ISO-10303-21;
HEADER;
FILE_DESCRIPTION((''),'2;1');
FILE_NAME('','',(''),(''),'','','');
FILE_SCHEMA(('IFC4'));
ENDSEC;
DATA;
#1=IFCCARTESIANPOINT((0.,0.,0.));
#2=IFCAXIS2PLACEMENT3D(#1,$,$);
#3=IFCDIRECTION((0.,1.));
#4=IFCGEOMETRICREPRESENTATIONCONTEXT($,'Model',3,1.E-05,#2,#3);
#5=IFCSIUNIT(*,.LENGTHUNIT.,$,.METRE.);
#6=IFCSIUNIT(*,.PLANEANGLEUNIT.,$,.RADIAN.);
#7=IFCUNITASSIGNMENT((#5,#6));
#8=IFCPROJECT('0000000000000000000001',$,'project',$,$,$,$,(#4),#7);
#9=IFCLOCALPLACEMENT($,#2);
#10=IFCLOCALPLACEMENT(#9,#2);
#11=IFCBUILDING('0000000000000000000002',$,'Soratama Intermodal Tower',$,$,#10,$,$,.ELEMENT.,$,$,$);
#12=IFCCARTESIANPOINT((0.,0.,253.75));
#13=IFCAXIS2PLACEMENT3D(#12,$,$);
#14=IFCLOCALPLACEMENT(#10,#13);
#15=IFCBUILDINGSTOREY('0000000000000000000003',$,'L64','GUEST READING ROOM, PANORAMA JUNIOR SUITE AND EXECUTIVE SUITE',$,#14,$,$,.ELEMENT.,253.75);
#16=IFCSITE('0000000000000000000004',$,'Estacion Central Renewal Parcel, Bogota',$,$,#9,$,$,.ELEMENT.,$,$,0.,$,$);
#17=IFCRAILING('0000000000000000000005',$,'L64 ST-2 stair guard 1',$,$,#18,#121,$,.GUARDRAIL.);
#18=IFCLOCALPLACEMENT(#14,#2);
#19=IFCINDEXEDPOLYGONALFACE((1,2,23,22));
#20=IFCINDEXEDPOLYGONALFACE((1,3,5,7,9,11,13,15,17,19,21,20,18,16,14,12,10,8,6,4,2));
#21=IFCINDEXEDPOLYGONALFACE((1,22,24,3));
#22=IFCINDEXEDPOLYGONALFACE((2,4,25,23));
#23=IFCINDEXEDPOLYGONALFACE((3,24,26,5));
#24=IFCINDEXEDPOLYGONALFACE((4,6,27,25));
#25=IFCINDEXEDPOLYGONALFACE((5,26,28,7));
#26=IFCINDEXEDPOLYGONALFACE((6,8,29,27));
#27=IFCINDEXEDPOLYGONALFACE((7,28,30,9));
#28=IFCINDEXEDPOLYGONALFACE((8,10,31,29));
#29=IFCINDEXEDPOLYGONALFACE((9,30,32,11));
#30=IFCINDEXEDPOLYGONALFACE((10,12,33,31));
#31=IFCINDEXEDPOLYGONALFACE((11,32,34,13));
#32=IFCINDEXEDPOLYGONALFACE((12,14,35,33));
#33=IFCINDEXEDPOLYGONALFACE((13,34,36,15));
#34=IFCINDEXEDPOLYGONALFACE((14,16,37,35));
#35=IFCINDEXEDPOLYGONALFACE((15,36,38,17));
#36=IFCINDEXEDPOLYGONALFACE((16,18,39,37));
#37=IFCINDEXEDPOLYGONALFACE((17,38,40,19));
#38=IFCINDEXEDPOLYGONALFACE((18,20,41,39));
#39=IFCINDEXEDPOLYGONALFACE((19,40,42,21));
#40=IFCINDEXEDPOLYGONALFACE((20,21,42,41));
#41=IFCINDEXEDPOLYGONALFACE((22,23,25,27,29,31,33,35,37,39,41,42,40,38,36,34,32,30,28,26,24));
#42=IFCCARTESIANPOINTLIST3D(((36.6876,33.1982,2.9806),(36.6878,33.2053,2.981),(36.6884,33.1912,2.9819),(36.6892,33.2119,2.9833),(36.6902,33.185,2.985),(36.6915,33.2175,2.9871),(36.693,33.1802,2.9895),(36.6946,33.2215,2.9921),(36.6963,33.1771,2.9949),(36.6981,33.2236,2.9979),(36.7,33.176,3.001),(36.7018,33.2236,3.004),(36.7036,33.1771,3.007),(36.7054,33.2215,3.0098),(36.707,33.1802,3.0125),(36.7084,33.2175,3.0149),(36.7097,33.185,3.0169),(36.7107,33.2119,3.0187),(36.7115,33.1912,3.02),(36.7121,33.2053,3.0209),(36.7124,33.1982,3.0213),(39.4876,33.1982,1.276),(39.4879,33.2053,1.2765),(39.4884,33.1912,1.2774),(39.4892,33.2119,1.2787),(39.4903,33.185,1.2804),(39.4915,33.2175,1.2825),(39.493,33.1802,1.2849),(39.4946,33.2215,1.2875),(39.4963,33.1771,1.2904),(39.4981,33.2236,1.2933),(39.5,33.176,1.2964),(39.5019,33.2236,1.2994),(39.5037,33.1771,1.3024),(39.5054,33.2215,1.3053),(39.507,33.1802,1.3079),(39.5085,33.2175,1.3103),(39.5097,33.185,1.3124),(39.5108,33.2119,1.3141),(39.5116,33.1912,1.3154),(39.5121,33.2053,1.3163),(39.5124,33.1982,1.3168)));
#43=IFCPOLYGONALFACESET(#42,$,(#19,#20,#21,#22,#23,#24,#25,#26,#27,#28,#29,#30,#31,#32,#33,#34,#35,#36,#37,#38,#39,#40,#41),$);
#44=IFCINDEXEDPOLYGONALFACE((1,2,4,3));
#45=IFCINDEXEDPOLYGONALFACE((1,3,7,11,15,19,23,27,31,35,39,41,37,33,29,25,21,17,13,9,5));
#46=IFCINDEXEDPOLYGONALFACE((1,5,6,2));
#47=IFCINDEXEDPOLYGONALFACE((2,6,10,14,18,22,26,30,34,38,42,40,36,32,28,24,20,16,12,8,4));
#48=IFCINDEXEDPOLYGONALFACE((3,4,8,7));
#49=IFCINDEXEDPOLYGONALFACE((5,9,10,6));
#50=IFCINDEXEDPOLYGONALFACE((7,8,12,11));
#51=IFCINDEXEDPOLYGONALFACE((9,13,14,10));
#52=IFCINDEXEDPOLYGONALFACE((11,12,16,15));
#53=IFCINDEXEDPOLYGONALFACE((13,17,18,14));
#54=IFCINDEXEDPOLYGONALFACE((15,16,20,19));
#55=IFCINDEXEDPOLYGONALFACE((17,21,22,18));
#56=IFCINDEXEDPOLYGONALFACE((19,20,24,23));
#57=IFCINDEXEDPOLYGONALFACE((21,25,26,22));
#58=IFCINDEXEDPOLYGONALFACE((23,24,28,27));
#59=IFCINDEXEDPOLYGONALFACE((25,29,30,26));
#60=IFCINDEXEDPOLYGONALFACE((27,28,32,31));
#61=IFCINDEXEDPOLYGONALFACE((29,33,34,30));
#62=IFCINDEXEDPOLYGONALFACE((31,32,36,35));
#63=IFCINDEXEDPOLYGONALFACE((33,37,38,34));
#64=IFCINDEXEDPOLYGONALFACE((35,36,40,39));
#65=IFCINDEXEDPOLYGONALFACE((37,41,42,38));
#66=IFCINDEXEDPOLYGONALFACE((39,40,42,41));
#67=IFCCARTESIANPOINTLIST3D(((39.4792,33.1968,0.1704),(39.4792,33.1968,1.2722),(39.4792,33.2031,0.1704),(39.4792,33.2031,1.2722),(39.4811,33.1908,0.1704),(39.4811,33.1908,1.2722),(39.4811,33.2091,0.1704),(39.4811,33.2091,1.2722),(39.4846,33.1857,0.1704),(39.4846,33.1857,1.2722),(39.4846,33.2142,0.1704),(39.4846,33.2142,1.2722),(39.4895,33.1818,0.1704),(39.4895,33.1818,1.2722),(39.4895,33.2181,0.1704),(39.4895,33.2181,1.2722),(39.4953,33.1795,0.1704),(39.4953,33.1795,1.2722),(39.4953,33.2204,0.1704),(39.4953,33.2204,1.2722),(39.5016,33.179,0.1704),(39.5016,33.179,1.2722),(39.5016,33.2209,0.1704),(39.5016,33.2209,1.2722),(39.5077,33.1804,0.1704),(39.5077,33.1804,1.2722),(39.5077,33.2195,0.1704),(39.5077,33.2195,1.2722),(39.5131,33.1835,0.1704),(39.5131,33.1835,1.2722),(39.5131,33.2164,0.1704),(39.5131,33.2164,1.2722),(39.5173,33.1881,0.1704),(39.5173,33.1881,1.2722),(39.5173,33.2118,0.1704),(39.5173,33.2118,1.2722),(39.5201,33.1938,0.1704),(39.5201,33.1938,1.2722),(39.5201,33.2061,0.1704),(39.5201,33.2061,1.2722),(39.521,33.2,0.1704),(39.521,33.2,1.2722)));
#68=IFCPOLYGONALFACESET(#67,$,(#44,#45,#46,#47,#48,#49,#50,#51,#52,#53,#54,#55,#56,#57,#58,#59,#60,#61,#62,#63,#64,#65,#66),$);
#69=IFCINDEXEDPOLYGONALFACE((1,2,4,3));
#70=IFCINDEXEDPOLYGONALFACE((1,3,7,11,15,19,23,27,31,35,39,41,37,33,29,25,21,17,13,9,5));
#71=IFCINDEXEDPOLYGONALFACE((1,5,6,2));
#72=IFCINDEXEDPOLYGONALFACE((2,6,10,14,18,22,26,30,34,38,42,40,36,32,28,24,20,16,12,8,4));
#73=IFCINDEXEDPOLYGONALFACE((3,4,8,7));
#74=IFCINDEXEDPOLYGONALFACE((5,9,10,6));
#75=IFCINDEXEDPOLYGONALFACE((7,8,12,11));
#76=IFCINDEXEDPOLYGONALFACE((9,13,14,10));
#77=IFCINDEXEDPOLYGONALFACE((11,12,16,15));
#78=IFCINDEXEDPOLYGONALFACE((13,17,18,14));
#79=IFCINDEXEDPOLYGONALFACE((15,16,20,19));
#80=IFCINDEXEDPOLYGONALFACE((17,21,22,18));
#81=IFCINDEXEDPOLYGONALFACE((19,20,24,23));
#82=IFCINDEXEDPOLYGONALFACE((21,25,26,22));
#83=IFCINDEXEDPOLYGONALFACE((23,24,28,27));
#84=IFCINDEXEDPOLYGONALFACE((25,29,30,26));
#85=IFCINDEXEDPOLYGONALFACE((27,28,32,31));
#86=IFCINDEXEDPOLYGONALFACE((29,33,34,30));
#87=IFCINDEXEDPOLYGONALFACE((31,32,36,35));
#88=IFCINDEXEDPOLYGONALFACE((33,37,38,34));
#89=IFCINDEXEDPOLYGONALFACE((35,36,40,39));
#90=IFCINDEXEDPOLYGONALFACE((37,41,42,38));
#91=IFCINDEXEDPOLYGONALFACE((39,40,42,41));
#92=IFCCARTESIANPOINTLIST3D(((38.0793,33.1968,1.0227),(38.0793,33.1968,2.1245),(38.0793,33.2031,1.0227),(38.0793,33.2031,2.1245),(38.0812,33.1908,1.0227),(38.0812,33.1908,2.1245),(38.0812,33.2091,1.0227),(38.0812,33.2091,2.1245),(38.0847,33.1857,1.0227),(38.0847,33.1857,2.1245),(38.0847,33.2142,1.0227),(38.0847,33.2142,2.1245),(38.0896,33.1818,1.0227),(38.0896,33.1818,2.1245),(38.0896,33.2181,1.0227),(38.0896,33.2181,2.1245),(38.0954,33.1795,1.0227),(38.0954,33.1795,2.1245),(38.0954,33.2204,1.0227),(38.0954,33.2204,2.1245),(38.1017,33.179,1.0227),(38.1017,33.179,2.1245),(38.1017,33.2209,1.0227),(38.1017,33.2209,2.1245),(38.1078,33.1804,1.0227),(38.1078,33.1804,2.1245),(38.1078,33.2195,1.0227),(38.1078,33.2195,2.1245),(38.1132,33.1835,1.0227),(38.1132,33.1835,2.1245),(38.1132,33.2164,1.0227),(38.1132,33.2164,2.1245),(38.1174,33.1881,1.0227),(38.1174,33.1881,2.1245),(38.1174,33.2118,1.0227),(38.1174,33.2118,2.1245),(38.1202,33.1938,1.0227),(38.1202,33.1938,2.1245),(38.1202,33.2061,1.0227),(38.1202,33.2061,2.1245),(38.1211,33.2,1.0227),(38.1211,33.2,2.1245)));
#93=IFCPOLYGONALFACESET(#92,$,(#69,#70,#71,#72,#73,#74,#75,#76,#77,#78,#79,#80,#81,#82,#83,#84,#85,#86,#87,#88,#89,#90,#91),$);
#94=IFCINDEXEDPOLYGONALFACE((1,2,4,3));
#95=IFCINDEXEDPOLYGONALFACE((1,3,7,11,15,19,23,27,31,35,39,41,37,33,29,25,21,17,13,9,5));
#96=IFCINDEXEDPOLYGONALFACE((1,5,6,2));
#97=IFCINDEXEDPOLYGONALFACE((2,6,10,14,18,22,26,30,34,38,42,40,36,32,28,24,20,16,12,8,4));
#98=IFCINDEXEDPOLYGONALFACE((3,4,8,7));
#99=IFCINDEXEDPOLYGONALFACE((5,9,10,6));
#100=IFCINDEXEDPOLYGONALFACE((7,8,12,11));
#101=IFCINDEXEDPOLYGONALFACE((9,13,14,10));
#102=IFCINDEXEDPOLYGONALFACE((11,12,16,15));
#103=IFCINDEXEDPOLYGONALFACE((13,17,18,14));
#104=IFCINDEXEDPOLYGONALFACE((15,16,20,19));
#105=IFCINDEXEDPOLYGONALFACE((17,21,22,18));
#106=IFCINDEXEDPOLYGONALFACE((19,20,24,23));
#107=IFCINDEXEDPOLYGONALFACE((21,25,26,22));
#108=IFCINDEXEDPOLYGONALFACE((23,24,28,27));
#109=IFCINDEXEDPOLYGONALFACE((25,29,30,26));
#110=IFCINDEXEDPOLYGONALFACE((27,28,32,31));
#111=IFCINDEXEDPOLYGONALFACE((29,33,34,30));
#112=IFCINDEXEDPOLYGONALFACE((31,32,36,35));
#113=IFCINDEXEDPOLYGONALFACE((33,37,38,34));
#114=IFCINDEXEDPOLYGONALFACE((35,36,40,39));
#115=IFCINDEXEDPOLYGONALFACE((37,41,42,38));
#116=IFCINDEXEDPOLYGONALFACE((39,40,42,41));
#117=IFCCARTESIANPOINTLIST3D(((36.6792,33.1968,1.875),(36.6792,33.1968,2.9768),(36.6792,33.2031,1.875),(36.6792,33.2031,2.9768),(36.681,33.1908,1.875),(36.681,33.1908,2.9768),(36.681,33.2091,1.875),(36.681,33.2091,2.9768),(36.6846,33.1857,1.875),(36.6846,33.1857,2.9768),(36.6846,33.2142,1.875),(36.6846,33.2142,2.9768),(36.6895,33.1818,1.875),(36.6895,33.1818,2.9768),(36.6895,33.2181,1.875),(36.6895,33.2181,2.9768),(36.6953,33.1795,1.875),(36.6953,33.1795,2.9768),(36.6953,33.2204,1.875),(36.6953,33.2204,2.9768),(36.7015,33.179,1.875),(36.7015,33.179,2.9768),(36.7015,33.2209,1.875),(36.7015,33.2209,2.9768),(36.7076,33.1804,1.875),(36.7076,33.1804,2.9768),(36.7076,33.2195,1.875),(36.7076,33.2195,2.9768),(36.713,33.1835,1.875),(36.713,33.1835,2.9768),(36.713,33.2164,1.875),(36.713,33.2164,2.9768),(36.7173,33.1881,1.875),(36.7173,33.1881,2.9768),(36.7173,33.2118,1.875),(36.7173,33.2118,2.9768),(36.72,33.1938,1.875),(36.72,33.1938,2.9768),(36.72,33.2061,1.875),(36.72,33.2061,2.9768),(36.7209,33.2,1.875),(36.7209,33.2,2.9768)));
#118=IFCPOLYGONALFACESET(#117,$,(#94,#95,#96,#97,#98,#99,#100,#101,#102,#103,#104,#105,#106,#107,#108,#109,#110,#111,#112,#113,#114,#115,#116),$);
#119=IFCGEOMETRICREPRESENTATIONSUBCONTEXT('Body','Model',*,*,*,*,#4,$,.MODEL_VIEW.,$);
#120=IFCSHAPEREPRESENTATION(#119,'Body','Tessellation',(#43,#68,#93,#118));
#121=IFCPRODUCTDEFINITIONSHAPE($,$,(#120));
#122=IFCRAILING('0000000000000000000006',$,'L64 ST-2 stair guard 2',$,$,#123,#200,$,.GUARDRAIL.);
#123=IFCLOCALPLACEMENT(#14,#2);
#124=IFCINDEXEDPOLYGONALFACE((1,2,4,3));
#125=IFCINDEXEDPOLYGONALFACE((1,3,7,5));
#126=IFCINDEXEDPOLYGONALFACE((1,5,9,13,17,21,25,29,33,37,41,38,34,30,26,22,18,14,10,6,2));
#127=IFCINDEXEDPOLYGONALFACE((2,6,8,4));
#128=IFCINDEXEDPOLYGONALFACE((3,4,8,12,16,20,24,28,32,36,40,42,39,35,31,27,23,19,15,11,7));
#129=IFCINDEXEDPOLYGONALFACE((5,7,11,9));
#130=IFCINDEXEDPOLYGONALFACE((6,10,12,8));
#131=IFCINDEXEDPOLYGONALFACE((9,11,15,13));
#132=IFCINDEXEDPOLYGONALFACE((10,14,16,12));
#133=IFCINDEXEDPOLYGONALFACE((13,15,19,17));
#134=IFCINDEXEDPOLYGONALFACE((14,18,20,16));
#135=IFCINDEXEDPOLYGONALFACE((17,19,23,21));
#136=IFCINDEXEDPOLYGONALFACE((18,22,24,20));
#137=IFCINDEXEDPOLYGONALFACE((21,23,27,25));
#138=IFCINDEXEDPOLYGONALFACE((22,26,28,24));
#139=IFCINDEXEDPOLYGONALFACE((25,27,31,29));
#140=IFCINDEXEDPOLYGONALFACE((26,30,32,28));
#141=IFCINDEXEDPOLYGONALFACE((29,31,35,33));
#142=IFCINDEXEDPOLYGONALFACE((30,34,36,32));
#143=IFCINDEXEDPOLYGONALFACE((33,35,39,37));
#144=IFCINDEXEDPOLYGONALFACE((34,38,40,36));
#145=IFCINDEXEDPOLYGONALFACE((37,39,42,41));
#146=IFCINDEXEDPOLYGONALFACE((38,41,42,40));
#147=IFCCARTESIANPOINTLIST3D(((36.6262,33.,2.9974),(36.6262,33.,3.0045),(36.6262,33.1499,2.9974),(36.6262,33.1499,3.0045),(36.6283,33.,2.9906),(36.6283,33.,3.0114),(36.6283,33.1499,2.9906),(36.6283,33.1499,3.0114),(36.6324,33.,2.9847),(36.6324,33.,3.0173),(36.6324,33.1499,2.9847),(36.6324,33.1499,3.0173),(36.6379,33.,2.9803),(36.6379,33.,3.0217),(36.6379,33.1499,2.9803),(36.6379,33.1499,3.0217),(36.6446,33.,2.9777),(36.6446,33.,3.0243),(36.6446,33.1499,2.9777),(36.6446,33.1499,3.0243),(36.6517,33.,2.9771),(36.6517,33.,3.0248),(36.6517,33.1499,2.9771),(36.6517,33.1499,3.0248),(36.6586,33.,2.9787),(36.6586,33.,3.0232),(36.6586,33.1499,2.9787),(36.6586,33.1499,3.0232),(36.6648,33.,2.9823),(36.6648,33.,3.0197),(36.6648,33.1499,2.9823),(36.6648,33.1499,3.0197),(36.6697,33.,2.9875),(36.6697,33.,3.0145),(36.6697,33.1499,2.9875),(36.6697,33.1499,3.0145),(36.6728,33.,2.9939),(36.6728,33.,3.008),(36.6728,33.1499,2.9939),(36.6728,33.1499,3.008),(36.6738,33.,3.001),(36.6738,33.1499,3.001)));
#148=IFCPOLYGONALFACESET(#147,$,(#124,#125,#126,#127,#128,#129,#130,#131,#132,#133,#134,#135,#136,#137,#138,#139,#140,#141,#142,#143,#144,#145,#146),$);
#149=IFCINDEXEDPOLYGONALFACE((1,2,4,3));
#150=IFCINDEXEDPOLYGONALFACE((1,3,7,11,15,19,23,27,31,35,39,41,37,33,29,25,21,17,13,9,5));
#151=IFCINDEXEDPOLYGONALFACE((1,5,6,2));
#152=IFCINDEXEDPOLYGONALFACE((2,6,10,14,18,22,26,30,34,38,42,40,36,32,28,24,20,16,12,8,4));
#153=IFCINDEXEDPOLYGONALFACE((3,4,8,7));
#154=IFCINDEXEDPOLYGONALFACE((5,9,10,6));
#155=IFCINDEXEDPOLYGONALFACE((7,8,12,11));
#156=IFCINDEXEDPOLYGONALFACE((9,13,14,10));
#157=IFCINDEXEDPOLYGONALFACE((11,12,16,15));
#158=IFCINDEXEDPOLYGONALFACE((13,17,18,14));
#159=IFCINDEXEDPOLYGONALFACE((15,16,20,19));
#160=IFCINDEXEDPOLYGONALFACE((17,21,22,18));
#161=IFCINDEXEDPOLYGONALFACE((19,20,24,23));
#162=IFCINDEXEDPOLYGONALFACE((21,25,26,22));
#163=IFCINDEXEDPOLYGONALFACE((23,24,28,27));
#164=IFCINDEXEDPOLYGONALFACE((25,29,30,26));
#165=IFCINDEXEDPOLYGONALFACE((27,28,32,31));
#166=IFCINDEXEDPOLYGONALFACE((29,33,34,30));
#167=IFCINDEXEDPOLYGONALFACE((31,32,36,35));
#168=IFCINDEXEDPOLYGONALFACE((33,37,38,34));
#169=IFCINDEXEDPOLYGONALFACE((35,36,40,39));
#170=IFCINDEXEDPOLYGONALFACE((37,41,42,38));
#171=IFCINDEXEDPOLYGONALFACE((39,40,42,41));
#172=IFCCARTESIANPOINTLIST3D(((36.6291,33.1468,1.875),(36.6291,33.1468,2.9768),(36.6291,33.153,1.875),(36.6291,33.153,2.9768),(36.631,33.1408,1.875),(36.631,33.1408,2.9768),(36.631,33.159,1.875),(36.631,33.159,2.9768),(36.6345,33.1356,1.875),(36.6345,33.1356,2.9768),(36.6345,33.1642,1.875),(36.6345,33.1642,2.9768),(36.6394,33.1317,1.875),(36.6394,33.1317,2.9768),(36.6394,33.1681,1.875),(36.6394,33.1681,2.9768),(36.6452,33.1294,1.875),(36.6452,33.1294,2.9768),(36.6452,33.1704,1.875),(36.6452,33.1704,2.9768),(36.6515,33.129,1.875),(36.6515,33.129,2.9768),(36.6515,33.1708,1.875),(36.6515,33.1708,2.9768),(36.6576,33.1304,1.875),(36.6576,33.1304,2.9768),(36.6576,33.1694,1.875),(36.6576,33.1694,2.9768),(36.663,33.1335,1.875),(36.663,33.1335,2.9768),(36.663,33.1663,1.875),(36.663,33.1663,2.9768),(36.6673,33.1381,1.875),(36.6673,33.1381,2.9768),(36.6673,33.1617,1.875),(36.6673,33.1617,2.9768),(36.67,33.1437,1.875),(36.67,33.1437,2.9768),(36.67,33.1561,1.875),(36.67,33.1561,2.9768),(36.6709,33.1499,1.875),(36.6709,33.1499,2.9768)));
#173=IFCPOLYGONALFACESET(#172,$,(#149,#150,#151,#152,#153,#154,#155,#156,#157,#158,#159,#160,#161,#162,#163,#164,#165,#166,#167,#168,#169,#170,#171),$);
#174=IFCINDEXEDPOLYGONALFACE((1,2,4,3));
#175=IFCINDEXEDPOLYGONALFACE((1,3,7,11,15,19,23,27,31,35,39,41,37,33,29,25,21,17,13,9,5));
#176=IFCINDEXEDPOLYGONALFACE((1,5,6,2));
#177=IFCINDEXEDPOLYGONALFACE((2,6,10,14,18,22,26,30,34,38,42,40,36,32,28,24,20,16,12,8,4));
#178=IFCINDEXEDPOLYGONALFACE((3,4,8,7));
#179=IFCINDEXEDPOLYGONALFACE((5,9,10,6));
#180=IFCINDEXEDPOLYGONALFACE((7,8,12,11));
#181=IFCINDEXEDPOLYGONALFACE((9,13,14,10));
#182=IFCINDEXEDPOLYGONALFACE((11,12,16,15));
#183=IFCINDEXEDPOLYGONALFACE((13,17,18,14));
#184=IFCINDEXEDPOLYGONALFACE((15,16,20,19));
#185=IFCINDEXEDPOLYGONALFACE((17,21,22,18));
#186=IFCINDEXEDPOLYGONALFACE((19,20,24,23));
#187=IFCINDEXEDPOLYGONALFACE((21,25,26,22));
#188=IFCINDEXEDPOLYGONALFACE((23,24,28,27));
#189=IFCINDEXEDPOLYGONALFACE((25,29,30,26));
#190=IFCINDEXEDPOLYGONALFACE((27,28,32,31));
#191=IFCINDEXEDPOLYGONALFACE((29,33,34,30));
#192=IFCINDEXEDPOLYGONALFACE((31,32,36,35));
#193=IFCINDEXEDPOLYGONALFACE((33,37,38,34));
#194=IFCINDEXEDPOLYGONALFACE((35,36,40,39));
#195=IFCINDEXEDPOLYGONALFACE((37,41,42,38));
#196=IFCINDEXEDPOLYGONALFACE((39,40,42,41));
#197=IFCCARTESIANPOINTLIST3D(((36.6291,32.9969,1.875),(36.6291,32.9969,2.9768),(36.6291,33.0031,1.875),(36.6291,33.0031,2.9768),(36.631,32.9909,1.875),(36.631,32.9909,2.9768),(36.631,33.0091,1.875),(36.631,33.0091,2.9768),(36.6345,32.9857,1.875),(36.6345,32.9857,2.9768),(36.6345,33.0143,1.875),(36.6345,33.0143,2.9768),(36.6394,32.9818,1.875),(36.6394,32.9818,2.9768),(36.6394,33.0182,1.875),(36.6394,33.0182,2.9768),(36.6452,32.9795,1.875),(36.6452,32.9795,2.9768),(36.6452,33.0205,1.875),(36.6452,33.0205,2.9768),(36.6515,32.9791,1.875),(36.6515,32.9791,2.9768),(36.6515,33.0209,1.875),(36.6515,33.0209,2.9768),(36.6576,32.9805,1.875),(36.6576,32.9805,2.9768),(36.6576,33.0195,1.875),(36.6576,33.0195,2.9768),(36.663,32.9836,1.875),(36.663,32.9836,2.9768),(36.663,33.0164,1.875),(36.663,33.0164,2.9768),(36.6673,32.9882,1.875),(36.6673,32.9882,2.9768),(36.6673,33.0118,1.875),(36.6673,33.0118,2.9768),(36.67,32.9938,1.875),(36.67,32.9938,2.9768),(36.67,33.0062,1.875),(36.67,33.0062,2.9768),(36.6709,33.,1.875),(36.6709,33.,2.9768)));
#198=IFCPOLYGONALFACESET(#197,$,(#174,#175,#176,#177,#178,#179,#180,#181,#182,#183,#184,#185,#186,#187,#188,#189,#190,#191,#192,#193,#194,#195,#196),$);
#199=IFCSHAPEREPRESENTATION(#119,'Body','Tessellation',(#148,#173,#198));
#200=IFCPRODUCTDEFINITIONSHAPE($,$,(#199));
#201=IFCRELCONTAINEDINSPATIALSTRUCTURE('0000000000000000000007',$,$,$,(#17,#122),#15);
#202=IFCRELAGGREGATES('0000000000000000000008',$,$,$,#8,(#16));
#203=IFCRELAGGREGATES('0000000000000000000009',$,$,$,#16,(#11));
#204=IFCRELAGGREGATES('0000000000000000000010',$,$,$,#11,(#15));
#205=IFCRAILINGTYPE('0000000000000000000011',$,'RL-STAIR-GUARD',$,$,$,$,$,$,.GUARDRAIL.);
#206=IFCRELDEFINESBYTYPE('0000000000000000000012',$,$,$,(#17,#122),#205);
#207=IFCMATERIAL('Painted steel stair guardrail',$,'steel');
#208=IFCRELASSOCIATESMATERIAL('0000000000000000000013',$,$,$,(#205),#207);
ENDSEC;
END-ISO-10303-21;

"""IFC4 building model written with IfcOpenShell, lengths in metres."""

from ifc_helpers import new_model, si_unit, direction, frame, origin, origin_2d, place, context, subcontext, project, spatial, circle, extrude, material, type_object, element, save


model = new_model("IFC4")

# Units and contexts
model_context = context("Model", 3, precision=1e-05, world=origin(), true_north=direction((0.0, 1.0)))
body_context = subcontext(model_context, "Body", "Model", "MODEL_VIEW")
ifc_project = project(units=[si_unit("LENGTHUNIT", "METRE"), si_unit("PLANEANGLEUNIT", "RADIAN")], contexts=[model_context])

# Site, building, storey
site_placement = place(None, origin())
site = spatial("IfcSite", under=ifc_project, at=site_placement, Name="Estacion Central Renewal Parcel, Bogota", CompositionType="ELEMENT", RefElevation=0.0)
building_placement = place(site_placement, origin())
building = spatial("IfcBuilding", under=site, at=building_placement, Name="Soratama Intermodal Tower", CompositionType="ELEMENT")
storey_placement = place(building_placement, frame((0.0, 0.0, 253.75)))
storey = spatial("IfcBuildingStorey", under=building, at=storey_placement, Name="L64", Description="GUEST READING ROOM, PANORAMA JUNIOR SUITE AND EXECUTIVE SUITE", CompositionType="ELEMENT", Elevation=253.75)

# Railings
ifc_material_1 = material(Name="Painted steel stair guardrail", Category="steel")
railing_type_1 = type_object("IfcRailingType", Name="RL-STAIR-GUARD", PredefinedType="GUARDRAIL", material=ifc_material_1)
railing_1_placement = place(storey_placement, frame((39.5, 33.2, 0.1704)))
element("IfcRailing", 1, at=railing_1_placement, inside=storey, type_object=railing_type_1, Name="L64 ST-2 stair guard 1", PredefinedType="GUARDRAIL", context=body_context, shape_type="SweptSolid", body=[
    extrude(circle(Radius=0.0239, at=origin_2d()), frame((0.0, 0.0, 1.126), z_axis=(-0.85417, 0.0, 0.519994), x_axis=(0.0, -1.0, 0.0)), (0.0, 0.0, 1.0), 3.2781),
    extrude(circle(Radius=0.021, at=origin_2d()), origin(), (0.0, 0.0, 1.0), 1.1018),
    extrude(circle(Radius=0.021, at=origin_2d()), frame((-1.3999, 0.0, 0.8523)), (0.0, 0.0, 1.0), 1.1018),
    extrude(circle(Radius=0.021, at=origin_2d()), frame((-2.8, 0.0, 1.7046)), (0.0, 0.0, 1.0), 1.1018),
])
for number, where, name in (
    (2, (36.6499, 33.1499, 1.875), "L64 ST-2 stair guard 2"),
):
    element("IfcRailing", number, at=place(storey_placement, frame(where)), inside=storey, type_object=railing_type_1, Name=name, PredefinedType="GUARDRAIL", context=body_context, shape_type="SweptSolid", body=[
        extrude(circle(Radius=0.0239, at=origin_2d()), frame((0.0, 0.0, 1.126), z_axis=(0.0, -1.0, 0.0), x_axis=(1.0, 0.0, 0.0)), (0.0, 0.0, 1.0), 0.1499),
        extrude(circle(Radius=0.021, at=origin_2d()), origin(), (0.0, 0.0, 1.0), 1.1018),
        extrude(circle(Radius=0.021, at=origin_2d()), frame((0.0, -0.1499, 0.0)), (0.0, 0.0, 1.0), 1.1018),
    ])

save(model, "model.ifc")
